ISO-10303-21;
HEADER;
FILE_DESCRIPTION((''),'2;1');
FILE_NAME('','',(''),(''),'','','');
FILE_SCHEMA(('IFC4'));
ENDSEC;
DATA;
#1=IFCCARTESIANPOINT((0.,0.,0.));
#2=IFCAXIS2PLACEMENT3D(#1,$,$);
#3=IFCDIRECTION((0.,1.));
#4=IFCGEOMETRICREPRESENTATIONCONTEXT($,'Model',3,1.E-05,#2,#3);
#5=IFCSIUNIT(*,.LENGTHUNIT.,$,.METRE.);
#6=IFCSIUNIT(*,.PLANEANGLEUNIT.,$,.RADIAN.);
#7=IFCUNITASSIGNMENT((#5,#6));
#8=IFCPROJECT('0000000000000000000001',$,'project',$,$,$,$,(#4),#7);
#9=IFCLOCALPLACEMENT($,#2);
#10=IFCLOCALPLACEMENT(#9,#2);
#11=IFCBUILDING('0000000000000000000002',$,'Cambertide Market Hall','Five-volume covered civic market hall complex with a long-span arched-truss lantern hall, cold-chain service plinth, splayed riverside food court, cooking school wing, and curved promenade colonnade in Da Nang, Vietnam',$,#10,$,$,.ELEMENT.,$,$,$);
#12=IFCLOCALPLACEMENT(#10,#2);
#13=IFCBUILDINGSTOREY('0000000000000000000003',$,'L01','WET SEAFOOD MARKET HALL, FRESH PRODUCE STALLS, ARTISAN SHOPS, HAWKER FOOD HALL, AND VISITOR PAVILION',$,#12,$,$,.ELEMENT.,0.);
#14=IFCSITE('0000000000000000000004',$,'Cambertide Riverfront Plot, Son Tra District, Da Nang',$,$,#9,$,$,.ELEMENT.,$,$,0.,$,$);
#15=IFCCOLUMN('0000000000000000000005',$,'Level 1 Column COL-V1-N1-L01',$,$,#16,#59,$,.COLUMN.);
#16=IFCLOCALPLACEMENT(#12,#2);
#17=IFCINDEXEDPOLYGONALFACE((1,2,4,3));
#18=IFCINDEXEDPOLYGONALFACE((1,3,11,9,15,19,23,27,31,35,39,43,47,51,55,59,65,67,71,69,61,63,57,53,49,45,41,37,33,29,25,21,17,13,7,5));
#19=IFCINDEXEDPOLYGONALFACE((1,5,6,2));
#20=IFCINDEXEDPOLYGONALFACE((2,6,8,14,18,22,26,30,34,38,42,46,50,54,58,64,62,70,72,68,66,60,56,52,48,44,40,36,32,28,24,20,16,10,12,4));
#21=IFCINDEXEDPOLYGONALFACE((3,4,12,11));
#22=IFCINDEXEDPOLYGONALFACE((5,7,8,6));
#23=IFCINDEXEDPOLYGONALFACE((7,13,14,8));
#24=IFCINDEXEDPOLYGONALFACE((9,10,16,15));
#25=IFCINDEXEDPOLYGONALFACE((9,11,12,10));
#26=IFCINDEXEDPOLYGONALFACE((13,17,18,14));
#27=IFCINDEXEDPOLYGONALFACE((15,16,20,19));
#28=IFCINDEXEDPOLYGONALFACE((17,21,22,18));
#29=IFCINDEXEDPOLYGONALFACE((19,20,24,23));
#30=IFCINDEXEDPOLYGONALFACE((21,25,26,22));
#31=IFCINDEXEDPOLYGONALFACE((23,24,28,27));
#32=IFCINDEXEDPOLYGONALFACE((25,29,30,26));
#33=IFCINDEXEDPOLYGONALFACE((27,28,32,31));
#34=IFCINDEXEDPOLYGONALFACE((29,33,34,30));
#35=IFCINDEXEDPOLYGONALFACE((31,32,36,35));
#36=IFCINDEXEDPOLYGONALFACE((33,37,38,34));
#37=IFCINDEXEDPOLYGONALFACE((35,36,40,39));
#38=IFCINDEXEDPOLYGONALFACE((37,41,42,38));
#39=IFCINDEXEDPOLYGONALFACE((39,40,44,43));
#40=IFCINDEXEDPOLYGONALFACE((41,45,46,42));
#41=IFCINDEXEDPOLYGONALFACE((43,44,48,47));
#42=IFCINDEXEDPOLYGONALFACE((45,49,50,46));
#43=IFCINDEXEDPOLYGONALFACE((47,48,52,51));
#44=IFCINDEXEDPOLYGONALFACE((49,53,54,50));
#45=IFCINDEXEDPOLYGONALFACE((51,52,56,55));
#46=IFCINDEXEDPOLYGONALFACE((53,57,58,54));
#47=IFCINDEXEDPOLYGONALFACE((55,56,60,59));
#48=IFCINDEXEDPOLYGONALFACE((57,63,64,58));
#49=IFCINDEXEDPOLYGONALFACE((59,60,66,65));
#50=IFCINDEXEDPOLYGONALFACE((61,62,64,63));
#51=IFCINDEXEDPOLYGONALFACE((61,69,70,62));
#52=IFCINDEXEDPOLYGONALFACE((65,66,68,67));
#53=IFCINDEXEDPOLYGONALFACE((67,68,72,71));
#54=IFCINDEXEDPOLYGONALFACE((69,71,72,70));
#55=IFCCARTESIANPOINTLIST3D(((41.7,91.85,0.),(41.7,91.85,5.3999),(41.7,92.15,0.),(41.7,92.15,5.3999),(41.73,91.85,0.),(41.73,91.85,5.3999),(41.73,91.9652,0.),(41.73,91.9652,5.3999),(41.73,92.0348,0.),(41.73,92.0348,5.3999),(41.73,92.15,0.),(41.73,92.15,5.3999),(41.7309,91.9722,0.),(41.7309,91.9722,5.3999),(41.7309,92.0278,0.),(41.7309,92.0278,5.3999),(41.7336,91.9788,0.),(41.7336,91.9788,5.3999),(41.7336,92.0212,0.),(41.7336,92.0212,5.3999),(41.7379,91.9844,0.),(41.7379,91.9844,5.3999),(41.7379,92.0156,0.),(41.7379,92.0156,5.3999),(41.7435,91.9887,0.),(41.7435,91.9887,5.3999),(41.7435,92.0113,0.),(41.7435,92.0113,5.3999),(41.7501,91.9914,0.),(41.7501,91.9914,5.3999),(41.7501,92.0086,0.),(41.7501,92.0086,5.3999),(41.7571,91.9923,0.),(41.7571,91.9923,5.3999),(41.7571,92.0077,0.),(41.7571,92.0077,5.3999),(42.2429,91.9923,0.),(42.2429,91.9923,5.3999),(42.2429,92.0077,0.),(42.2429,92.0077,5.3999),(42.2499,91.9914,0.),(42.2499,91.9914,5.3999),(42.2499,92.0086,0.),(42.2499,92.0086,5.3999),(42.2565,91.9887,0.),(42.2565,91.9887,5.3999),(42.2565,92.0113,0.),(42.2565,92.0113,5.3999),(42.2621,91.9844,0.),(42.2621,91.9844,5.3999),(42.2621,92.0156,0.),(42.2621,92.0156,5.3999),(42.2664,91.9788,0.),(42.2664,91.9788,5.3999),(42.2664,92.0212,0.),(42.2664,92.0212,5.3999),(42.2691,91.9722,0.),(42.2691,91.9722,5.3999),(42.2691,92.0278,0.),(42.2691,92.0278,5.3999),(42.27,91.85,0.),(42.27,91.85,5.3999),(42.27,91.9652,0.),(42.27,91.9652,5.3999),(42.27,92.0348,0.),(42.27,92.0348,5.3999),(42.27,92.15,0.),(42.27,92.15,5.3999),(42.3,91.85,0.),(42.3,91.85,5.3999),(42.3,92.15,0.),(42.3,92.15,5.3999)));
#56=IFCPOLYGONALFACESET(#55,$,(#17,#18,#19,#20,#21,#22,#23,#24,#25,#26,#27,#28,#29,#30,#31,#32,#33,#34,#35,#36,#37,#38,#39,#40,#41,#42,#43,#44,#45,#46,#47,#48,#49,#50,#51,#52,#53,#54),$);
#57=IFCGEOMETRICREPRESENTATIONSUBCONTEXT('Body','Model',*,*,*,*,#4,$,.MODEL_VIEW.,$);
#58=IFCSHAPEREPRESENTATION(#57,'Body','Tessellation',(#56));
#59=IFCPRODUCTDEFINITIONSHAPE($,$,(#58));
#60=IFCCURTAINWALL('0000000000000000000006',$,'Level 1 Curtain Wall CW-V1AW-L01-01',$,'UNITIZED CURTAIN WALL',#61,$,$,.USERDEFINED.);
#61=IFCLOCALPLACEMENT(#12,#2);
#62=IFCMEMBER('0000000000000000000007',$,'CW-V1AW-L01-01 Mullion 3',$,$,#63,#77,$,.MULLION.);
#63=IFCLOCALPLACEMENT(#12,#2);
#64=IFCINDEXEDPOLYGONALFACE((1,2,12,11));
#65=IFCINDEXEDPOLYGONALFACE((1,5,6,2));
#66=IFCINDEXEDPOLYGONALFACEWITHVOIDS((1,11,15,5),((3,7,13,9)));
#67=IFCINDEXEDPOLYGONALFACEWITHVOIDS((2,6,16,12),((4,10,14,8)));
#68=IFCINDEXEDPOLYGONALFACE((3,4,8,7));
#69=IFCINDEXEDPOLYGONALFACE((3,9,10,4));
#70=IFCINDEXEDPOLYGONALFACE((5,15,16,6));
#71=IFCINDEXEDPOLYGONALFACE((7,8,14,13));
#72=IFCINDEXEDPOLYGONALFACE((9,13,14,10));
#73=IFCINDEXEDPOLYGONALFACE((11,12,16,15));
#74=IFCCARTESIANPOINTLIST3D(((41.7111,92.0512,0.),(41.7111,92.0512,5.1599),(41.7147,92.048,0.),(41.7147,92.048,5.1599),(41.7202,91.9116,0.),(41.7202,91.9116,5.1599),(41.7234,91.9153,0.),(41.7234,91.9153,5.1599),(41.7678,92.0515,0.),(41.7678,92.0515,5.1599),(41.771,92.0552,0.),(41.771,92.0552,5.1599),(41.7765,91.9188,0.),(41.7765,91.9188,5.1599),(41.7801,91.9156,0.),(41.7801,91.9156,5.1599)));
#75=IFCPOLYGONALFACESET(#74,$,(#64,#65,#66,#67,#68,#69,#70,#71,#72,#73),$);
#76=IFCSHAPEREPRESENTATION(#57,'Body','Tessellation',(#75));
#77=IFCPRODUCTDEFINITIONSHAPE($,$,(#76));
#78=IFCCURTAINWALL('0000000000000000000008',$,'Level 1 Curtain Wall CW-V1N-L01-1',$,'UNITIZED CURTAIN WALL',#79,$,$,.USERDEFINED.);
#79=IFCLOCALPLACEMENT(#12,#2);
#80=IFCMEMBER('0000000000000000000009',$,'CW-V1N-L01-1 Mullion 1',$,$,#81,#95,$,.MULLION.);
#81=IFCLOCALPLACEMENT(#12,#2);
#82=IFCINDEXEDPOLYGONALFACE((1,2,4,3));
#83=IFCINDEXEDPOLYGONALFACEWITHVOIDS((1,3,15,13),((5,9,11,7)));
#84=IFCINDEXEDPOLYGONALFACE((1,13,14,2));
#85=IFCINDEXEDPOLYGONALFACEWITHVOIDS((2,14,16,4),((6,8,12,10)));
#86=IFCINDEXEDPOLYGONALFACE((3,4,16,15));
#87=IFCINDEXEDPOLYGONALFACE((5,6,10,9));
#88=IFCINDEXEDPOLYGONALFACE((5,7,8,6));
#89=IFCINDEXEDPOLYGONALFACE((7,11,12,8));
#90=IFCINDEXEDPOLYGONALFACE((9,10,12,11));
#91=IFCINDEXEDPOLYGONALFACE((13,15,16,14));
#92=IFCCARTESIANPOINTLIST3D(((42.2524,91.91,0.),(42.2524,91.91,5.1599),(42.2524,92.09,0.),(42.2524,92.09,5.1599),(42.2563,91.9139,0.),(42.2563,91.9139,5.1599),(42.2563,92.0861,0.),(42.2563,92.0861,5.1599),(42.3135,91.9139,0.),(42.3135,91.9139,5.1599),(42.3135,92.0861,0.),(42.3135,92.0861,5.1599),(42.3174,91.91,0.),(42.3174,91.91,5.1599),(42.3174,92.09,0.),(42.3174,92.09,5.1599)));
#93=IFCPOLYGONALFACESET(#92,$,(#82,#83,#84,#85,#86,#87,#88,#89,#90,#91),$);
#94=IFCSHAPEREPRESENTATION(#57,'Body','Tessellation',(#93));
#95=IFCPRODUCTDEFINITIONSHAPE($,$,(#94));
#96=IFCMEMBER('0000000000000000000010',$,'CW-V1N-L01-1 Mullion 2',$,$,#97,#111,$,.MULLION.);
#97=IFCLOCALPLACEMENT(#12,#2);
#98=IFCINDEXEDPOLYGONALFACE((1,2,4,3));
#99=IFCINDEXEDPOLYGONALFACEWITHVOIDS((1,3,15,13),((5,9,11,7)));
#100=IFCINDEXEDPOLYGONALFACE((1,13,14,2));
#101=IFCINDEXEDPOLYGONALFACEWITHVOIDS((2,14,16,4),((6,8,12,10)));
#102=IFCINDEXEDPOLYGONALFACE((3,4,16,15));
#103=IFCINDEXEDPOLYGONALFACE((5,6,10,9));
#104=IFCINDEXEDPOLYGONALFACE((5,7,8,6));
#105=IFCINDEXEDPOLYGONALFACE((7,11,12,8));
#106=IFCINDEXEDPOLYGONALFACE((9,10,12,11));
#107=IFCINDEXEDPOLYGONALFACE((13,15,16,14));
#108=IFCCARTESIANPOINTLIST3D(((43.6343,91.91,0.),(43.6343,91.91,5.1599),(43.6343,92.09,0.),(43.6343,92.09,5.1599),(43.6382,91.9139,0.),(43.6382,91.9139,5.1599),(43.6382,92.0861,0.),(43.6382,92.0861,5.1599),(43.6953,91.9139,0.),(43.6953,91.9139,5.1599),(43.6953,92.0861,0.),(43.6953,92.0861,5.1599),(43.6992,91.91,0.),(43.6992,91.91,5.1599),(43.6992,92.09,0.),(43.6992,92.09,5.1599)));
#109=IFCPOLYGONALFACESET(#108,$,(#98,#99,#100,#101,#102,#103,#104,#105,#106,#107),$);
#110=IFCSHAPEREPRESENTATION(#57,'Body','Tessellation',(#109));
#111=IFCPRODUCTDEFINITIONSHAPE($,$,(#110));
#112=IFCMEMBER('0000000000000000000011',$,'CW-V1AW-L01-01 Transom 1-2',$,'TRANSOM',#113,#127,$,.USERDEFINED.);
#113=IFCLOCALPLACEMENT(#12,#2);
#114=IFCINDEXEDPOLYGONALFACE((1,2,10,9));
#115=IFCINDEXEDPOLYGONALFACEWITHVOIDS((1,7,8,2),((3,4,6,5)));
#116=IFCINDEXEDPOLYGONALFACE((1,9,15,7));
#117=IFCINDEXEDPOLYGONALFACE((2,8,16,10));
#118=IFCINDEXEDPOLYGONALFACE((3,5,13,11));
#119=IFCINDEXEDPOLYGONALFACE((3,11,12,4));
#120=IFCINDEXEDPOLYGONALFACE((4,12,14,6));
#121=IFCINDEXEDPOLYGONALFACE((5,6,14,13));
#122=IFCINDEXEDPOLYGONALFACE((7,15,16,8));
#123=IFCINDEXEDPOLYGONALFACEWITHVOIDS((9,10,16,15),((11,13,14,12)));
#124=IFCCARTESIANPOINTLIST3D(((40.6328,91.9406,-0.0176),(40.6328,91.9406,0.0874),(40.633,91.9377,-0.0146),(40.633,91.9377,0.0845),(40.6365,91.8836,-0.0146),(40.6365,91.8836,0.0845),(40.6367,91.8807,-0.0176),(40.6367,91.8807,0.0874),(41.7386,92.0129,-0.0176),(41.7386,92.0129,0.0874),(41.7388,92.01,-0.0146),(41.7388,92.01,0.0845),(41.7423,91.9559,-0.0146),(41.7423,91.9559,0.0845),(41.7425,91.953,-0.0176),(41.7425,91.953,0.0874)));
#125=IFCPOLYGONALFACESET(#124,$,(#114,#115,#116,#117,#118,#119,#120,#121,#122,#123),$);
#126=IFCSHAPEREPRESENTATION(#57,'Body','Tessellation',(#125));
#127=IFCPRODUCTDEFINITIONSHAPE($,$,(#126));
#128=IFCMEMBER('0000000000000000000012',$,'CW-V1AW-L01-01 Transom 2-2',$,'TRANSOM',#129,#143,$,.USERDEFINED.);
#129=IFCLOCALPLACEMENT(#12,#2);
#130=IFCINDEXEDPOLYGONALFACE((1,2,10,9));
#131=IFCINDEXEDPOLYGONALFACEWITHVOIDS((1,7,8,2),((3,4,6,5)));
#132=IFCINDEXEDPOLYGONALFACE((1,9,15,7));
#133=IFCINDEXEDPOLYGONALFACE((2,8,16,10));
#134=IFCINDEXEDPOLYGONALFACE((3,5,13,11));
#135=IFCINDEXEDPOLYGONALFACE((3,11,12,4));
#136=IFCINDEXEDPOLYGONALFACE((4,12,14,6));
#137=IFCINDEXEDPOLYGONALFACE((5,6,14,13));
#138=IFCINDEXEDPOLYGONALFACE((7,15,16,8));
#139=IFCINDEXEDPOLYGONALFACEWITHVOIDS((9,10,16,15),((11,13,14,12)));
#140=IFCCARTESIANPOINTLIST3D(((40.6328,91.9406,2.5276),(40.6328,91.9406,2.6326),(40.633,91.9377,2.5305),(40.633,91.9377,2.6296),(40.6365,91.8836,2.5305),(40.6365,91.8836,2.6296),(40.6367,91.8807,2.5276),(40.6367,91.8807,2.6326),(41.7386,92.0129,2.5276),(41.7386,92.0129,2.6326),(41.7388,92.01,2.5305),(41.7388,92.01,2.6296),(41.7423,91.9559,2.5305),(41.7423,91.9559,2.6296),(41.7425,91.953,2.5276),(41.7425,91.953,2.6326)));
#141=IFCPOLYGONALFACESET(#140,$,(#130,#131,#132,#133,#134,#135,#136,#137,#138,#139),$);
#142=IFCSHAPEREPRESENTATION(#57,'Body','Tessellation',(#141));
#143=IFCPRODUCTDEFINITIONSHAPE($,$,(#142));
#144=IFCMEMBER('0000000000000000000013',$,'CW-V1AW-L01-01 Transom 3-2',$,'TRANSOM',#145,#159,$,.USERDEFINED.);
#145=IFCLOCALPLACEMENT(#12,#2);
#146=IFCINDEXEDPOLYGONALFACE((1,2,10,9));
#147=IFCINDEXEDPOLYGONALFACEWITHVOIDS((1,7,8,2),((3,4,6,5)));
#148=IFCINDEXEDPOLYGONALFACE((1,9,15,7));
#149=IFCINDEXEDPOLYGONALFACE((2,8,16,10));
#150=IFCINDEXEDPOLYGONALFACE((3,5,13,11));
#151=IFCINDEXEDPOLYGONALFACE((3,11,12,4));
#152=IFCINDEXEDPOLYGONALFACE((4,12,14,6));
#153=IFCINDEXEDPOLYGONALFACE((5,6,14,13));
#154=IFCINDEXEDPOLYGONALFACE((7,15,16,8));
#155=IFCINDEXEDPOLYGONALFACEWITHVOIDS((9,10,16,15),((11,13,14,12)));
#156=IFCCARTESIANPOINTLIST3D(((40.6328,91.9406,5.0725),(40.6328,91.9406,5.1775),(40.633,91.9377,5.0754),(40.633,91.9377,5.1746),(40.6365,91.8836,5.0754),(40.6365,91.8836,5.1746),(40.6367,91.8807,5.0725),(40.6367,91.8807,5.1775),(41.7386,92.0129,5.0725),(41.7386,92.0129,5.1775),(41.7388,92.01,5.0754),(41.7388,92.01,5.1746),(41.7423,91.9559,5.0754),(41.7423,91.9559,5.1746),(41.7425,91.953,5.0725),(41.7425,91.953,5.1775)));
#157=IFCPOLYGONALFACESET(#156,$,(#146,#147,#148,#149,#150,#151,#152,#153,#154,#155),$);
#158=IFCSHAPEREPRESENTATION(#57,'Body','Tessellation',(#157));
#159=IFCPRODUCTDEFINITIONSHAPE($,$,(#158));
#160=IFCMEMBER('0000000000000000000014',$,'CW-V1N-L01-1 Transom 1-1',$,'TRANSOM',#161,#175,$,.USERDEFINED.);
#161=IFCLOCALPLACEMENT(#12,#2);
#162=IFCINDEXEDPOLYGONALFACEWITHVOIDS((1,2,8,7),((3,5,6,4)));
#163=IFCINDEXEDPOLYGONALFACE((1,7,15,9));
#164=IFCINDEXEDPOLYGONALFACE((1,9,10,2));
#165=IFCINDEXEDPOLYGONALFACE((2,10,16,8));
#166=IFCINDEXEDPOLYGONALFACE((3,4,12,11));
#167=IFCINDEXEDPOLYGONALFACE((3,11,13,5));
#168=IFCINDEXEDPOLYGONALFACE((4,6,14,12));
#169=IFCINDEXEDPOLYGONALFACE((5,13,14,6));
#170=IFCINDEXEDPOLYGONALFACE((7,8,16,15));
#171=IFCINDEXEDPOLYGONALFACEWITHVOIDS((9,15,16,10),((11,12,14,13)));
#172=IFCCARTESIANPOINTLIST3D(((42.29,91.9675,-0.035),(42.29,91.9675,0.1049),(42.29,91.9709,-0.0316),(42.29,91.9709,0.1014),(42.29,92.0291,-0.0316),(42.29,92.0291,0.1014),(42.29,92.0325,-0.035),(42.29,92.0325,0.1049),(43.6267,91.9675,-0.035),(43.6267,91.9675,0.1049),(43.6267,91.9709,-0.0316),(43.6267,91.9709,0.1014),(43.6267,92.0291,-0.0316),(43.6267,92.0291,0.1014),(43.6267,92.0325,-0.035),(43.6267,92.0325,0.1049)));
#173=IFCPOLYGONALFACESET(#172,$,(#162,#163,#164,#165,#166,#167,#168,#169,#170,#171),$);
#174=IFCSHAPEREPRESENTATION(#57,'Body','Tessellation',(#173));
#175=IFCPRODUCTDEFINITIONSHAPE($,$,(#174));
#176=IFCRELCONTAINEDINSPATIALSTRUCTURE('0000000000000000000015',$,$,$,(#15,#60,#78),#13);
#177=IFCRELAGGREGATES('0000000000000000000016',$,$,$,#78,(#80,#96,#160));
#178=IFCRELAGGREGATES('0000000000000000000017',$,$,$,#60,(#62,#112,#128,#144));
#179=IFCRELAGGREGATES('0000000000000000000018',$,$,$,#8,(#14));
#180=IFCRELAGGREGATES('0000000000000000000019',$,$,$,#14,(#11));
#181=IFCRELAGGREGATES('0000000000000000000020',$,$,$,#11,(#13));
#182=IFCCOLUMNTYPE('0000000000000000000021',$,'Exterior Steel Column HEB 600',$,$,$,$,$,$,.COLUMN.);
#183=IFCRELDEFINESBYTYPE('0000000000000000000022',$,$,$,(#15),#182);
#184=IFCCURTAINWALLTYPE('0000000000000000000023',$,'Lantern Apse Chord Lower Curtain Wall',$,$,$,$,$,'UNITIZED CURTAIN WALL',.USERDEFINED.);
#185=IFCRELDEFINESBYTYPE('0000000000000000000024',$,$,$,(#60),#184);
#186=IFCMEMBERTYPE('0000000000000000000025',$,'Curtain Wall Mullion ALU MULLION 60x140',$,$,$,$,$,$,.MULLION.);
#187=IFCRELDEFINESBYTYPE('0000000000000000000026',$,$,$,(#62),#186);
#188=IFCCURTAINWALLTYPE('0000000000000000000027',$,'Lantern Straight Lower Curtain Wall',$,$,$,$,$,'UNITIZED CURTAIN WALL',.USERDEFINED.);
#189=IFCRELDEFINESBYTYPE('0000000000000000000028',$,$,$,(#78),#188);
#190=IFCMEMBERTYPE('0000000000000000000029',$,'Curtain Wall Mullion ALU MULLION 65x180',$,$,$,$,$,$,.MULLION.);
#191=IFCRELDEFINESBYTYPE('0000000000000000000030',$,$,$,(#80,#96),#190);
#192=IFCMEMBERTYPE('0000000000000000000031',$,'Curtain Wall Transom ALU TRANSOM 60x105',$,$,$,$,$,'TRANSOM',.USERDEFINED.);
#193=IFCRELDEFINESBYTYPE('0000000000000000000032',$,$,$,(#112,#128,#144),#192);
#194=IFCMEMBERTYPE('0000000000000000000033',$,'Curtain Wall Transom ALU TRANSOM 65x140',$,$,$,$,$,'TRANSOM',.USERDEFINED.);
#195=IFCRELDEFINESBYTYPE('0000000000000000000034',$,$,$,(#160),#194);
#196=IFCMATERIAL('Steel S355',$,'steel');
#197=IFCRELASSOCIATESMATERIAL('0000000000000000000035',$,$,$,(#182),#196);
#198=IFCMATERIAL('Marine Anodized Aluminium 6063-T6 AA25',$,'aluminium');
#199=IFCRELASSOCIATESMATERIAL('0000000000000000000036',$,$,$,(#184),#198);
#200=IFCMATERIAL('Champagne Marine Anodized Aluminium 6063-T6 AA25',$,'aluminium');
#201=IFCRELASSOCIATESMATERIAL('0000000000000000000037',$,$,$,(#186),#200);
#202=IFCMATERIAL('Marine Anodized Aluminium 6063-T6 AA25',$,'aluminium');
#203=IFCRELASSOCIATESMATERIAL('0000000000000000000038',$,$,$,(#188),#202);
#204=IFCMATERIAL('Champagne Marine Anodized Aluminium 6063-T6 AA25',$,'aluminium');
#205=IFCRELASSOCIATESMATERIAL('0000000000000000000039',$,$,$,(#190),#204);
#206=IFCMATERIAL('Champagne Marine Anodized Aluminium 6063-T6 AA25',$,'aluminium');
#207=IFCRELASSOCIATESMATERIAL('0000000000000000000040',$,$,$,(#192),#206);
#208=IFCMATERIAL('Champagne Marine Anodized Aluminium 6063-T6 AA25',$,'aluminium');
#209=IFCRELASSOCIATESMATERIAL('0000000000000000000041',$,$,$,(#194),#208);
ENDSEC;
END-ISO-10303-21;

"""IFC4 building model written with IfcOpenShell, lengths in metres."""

from ifc_helpers import new_model, si_unit, direction, frame, origin, origin_2d, place, context, subcontext, project, spatial, hollow_rectangle, i_section, extrude, material, material_profile, profile_set, type_object, element, aggregate, save


model = new_model("IFC4")

# Units and contexts
model_context = context("Model", 3, precision=1e-05, world=origin(), true_north=direction((0.0, 1.0)))
body_context = subcontext(model_context, "Body", "Model", "MODEL_VIEW")
ifc_project = project(units=[si_unit("LENGTHUNIT", "METRE"), si_unit("PLANEANGLEUNIT", "RADIAN")], contexts=[model_context])

# Site, building, storey
site_placement = place(None, origin())
site = spatial("IfcSite", under=ifc_project, at=site_placement, Name="Cambertide Riverfront Plot, Son Tra District, Da Nang", CompositionType="ELEMENT", RefElevation=0.0)
building_placement = place(site_placement, origin())
building = spatial("IfcBuilding", under=site, at=building_placement, Name="Cambertide Market Hall", Description="Five-volume covered civic market hall complex with a long-span arched-truss lantern hall, cold-chain service plinth, splayed riverside food court, cooking school wing, and curved promenade colonnade in Da Nang, Vietnam", CompositionType="ELEMENT")
storey_placement = place(building_placement, origin())
storey = spatial("IfcBuildingStorey", under=building, at=storey_placement, Name="L01", Description="WET SEAFOOD MARKET HALL, FRESH PRODUCE STALLS, ARTISAN SHOPS, HAWKER FOOD HALL, AND VISITOR PAVILION", CompositionType="ELEMENT", Elevation=0.0)

# Column
ifc_material_1 = material(Name="Steel S355", Category="steel")
ifc_material_profile_1 = material_profile(ifc_material_1, i_section(OverallWidth=0.3, OverallDepth=0.6001, WebThickness=0.0154, FlangeThickness=0.03, FilletRadius=0.0271, at=origin_2d()), Name="HEB 600")
ifc_profile_set_1 = profile_set([ifc_material_profile_1], Name="Steel S355")
column_type = type_object("IfcColumnType", Name="Exterior Steel Column HEB 600", PredefinedType="COLUMN", material=ifc_profile_set_1)
column_placement = place(storey_placement, frame((42.0, 92.0, 0.0), z_axis=(0.0, 0.0, 1.0), x_axis=(0.0, 1.0, 0.0)))
element("IfcColumn", 1, at=column_placement, inside=storey, type_object=column_type, Name="Level 1 Column COL-V1-N1-L01", PredefinedType="COLUMN", context=body_context, shape_type="SweptSolid", body=[
    extrude(i_section(OverallWidth=0.3, OverallDepth=0.6001, WebThickness=0.0154, FlangeThickness=0.03, FilletRadius=0.0271, at=origin_2d()), origin(), (0.0, 0.0, 1.0), 5.3999),
])

# Curtain wall, member
ifc_material_2 = material(Name="Marine Anodized Aluminium 6063-T6 AA25", Category="aluminium")
curtain_wall_type_1 = type_object("IfcCurtainWallType", Name="Lantern Apse Chord Lower Curtain Wall", ElementType="UNITIZED CURTAIN WALL", PredefinedType="USERDEFINED", material=ifc_material_2)
curtain_wall_1_placement = place(storey_placement, origin())
curtain_wall_1 = element("IfcCurtainWall", 2, at=curtain_wall_1_placement, inside=storey, type_object=curtain_wall_type_1, Name="Level 1 Curtain Wall CW-V1AW-L01-01", ObjectType="UNITIZED CURTAIN WALL", PredefinedType="USERDEFINED")
ifc_material_3 = material(Name="Champagne Marine Anodized Aluminium 6063-T6 AA25", Category="aluminium")
ifc_material_profile_2 = material_profile(ifc_material_3, hollow_rectangle(XDim=0.0601, YDim=0.1399, WallThickness=0.0034, at=origin_2d()), Name="ALU MULLION 60x140")
ifc_profile_set_2 = profile_set([ifc_material_profile_2], Name="Champagne Marine Anodized Aluminium 6063-T6 AA25")
member_type_1 = type_object("IfcMemberType", Name="Curtain Wall Mullion ALU MULLION 60x140", PredefinedType="MULLION", material=ifc_profile_set_2)
member_1_placement = place(storey_placement, frame((41.7456, 91.9834, 0.0), z_axis=(0.0, 0.0, 1.0), x_axis=(0.997859, 0.065403, 0.0)))
member_1 = element("IfcMember", 3, at=member_1_placement, type_object=member_type_1, Name="CW-V1AW-L01-01 Mullion 3", PredefinedType="MULLION", context=body_context, shape_type="SweptSolid", body=[
    extrude(hollow_rectangle(XDim=0.0601, YDim=0.1399, WallThickness=0.0034, at=origin_2d()), origin(), (0.0, 0.0, 1.0), 5.1599),
])

# Curtain wall, members
ifc_material_4 = material(Name="Marine Anodized Aluminium 6063-T6 AA25", Category="aluminium")
curtain_wall_type_2 = type_object("IfcCurtainWallType", Name="Lantern Straight Lower Curtain Wall", ElementType="UNITIZED CURTAIN WALL", PredefinedType="USERDEFINED", material=ifc_material_4)
curtain_wall_2_placement = place(storey_placement, origin())
curtain_wall_2 = element("IfcCurtainWall", 4, at=curtain_wall_2_placement, inside=storey, type_object=curtain_wall_type_2, Name="Level 1 Curtain Wall CW-V1N-L01-1", ObjectType="UNITIZED CURTAIN WALL", PredefinedType="USERDEFINED")
ifc_material_5 = material(Name="Champagne Marine Anodized Aluminium 6063-T6 AA25", Category="aluminium")
ifc_material_profile_3 = material_profile(ifc_material_5, hollow_rectangle(XDim=0.0649, YDim=0.1799, WallThickness=0.0039, at=origin_2d()), Name="ALU MULLION 65x180")
ifc_profile_set_3 = profile_set([ifc_material_profile_3], Name="Champagne Marine Anodized Aluminium 6063-T6 AA25")
member_type_2 = type_object("IfcMemberType", Name="Curtain Wall Mullion ALU MULLION 65x180", PredefinedType="MULLION", material=ifc_profile_set_3)
member_2_placement = place(storey_placement, frame((42.2849, 92.0, 0.0), z_axis=(0.0, 0.0, 1.0), x_axis=(1.0, 0.0, 0.0)))
member_2 = element("IfcMember", 5, at=member_2_placement, type_object=member_type_2, Name="CW-V1N-L01-1 Mullion 1", PredefinedType="MULLION", context=body_context, shape_type="SweptSolid", body=[
    extrude(hollow_rectangle(XDim=0.0649, YDim=0.1799, WallThickness=0.0039, at=origin_2d()), origin(), (0.0, 0.0, 1.0), 5.1599),
])
member_3_placement = place(storey_placement, frame((43.6667, 92.0, 0.0), z_axis=(0.0, 0.0, 1.0), x_axis=(1.0, 0.0, 0.0)))
member_3 = element("IfcMember", 6, at=member_3_placement, type_object=member_type_2, Name="CW-V1N-L01-1 Mullion 2", PredefinedType="MULLION", context=body_context, shape_type="SweptSolid", body=[
    extrude(hollow_rectangle(XDim=0.0649, YDim=0.1799, WallThickness=0.0039, at=origin_2d()), origin(), (0.0, 0.0, 1.0), 5.1599),
])

# Members
ifc_material_6 = material(Name="Champagne Marine Anodized Aluminium 6063-T6 AA25", Category="aluminium")
ifc_material_profile_4 = material_profile(ifc_material_6, hollow_rectangle(XDim=0.0601, YDim=0.105, WallThickness=0.0029, at=origin_2d()), Name="ALU TRANSOM 60x105")
ifc_profile_set_4 = profile_set([ifc_material_profile_4], Name="Champagne Marine Anodized Aluminium 6063-T6 AA25")
member_type_3 = type_object("IfcMemberType", Name="Curtain Wall Transom ALU TRANSOM 60x105", ElementType="TRANSOM", PredefinedType="USERDEFINED", material=ifc_profile_set_4)
member_4_placement = place(storey_placement, frame((40.6348, 91.9106, 0.0349), z_axis=(0.997871, 0.065217, 0.0), x_axis=(-0.065217, 0.997871, 0.0)))
member_4 = element("IfcMember", 7, at=member_4_placement, type_object=member_type_3, Name="CW-V1AW-L01-01 Transom 1-2", ObjectType="TRANSOM", PredefinedType="USERDEFINED", context=body_context, shape_type="SweptSolid", body=[
    extrude(hollow_rectangle(XDim=0.0601, YDim=0.105, WallThickness=0.0029, at=origin_2d()), origin(), (0.0, 0.0, 1.0), 1.1082),
])
member_5_placement = place(storey_placement, frame((40.6348, 91.9106, 2.5801), z_axis=(0.997871, 0.065217, 0.0), x_axis=(-0.065217, 0.997871, 0.0)))
member_5 = element("IfcMember", 8, at=member_5_placement, type_object=member_type_3, Name="CW-V1AW-L01-01 Transom 2-2", ObjectType="TRANSOM", PredefinedType="USERDEFINED", context=body_context, shape_type="SweptSolid", body=[
    extrude(hollow_rectangle(XDim=0.0601, YDim=0.105, WallThickness=0.0029, at=origin_2d()), origin(), (0.0, 0.0, 1.0), 1.1082),
])
member_6_placement = place(storey_placement, frame((40.6348, 91.9106, 5.125), z_axis=(0.997871, 0.065217, 0.0), x_axis=(-0.065217, 0.997871, 0.0)))
member_6 = element("IfcMember", 9, at=member_6_placement, type_object=member_type_3, Name="CW-V1AW-L01-01 Transom 3-2", ObjectType="TRANSOM", PredefinedType="USERDEFINED", context=body_context, shape_type="SweptSolid", body=[
    extrude(hollow_rectangle(XDim=0.0601, YDim=0.105, WallThickness=0.0029, at=origin_2d()), origin(), (0.0, 0.0, 1.0), 1.1082),
])
ifc_material_7 = material(Name="Champagne Marine Anodized Aluminium 6063-T6 AA25", Category="aluminium")
ifc_material_profile_5 = material_profile(ifc_material_7, hollow_rectangle(XDim=0.0649, YDim=0.1399, WallThickness=0.0034, at=origin_2d()), Name="ALU TRANSOM 65x140")
ifc_profile_set_5 = profile_set([ifc_material_profile_5], Name="Champagne Marine Anodized Aluminium 6063-T6 AA25")
member_type_4 = type_object("IfcMemberType", Name="Curtain Wall Transom ALU TRANSOM 65x140", ElementType="TRANSOM", PredefinedType="USERDEFINED", material=ifc_profile_set_5)
member_7_placement = place(storey_placement, frame((42.29, 92.0, 0.0349), z_axis=(1.0, 0.0, 0.0), x_axis=(0.0, 1.0, 0.0)))
member_7 = element("IfcMember", 10, at=member_7_placement, type_object=member_type_4, Name="CW-V1N-L01-1 Transom 1-1", ObjectType="TRANSOM", PredefinedType="USERDEFINED", context=body_context, shape_type="SweptSolid", body=[
    extrude(hollow_rectangle(XDim=0.0649, YDim=0.1399, WallThickness=0.0034, at=origin_2d()), origin(), (0.0, 0.0, 1.0), 1.3367),
])

aggregate(curtain_wall_2, [member_2, member_3, member_7])
aggregate(curtain_wall_1, [member_1, member_4, member_5, member_6])

save(model, "model.ifc")
